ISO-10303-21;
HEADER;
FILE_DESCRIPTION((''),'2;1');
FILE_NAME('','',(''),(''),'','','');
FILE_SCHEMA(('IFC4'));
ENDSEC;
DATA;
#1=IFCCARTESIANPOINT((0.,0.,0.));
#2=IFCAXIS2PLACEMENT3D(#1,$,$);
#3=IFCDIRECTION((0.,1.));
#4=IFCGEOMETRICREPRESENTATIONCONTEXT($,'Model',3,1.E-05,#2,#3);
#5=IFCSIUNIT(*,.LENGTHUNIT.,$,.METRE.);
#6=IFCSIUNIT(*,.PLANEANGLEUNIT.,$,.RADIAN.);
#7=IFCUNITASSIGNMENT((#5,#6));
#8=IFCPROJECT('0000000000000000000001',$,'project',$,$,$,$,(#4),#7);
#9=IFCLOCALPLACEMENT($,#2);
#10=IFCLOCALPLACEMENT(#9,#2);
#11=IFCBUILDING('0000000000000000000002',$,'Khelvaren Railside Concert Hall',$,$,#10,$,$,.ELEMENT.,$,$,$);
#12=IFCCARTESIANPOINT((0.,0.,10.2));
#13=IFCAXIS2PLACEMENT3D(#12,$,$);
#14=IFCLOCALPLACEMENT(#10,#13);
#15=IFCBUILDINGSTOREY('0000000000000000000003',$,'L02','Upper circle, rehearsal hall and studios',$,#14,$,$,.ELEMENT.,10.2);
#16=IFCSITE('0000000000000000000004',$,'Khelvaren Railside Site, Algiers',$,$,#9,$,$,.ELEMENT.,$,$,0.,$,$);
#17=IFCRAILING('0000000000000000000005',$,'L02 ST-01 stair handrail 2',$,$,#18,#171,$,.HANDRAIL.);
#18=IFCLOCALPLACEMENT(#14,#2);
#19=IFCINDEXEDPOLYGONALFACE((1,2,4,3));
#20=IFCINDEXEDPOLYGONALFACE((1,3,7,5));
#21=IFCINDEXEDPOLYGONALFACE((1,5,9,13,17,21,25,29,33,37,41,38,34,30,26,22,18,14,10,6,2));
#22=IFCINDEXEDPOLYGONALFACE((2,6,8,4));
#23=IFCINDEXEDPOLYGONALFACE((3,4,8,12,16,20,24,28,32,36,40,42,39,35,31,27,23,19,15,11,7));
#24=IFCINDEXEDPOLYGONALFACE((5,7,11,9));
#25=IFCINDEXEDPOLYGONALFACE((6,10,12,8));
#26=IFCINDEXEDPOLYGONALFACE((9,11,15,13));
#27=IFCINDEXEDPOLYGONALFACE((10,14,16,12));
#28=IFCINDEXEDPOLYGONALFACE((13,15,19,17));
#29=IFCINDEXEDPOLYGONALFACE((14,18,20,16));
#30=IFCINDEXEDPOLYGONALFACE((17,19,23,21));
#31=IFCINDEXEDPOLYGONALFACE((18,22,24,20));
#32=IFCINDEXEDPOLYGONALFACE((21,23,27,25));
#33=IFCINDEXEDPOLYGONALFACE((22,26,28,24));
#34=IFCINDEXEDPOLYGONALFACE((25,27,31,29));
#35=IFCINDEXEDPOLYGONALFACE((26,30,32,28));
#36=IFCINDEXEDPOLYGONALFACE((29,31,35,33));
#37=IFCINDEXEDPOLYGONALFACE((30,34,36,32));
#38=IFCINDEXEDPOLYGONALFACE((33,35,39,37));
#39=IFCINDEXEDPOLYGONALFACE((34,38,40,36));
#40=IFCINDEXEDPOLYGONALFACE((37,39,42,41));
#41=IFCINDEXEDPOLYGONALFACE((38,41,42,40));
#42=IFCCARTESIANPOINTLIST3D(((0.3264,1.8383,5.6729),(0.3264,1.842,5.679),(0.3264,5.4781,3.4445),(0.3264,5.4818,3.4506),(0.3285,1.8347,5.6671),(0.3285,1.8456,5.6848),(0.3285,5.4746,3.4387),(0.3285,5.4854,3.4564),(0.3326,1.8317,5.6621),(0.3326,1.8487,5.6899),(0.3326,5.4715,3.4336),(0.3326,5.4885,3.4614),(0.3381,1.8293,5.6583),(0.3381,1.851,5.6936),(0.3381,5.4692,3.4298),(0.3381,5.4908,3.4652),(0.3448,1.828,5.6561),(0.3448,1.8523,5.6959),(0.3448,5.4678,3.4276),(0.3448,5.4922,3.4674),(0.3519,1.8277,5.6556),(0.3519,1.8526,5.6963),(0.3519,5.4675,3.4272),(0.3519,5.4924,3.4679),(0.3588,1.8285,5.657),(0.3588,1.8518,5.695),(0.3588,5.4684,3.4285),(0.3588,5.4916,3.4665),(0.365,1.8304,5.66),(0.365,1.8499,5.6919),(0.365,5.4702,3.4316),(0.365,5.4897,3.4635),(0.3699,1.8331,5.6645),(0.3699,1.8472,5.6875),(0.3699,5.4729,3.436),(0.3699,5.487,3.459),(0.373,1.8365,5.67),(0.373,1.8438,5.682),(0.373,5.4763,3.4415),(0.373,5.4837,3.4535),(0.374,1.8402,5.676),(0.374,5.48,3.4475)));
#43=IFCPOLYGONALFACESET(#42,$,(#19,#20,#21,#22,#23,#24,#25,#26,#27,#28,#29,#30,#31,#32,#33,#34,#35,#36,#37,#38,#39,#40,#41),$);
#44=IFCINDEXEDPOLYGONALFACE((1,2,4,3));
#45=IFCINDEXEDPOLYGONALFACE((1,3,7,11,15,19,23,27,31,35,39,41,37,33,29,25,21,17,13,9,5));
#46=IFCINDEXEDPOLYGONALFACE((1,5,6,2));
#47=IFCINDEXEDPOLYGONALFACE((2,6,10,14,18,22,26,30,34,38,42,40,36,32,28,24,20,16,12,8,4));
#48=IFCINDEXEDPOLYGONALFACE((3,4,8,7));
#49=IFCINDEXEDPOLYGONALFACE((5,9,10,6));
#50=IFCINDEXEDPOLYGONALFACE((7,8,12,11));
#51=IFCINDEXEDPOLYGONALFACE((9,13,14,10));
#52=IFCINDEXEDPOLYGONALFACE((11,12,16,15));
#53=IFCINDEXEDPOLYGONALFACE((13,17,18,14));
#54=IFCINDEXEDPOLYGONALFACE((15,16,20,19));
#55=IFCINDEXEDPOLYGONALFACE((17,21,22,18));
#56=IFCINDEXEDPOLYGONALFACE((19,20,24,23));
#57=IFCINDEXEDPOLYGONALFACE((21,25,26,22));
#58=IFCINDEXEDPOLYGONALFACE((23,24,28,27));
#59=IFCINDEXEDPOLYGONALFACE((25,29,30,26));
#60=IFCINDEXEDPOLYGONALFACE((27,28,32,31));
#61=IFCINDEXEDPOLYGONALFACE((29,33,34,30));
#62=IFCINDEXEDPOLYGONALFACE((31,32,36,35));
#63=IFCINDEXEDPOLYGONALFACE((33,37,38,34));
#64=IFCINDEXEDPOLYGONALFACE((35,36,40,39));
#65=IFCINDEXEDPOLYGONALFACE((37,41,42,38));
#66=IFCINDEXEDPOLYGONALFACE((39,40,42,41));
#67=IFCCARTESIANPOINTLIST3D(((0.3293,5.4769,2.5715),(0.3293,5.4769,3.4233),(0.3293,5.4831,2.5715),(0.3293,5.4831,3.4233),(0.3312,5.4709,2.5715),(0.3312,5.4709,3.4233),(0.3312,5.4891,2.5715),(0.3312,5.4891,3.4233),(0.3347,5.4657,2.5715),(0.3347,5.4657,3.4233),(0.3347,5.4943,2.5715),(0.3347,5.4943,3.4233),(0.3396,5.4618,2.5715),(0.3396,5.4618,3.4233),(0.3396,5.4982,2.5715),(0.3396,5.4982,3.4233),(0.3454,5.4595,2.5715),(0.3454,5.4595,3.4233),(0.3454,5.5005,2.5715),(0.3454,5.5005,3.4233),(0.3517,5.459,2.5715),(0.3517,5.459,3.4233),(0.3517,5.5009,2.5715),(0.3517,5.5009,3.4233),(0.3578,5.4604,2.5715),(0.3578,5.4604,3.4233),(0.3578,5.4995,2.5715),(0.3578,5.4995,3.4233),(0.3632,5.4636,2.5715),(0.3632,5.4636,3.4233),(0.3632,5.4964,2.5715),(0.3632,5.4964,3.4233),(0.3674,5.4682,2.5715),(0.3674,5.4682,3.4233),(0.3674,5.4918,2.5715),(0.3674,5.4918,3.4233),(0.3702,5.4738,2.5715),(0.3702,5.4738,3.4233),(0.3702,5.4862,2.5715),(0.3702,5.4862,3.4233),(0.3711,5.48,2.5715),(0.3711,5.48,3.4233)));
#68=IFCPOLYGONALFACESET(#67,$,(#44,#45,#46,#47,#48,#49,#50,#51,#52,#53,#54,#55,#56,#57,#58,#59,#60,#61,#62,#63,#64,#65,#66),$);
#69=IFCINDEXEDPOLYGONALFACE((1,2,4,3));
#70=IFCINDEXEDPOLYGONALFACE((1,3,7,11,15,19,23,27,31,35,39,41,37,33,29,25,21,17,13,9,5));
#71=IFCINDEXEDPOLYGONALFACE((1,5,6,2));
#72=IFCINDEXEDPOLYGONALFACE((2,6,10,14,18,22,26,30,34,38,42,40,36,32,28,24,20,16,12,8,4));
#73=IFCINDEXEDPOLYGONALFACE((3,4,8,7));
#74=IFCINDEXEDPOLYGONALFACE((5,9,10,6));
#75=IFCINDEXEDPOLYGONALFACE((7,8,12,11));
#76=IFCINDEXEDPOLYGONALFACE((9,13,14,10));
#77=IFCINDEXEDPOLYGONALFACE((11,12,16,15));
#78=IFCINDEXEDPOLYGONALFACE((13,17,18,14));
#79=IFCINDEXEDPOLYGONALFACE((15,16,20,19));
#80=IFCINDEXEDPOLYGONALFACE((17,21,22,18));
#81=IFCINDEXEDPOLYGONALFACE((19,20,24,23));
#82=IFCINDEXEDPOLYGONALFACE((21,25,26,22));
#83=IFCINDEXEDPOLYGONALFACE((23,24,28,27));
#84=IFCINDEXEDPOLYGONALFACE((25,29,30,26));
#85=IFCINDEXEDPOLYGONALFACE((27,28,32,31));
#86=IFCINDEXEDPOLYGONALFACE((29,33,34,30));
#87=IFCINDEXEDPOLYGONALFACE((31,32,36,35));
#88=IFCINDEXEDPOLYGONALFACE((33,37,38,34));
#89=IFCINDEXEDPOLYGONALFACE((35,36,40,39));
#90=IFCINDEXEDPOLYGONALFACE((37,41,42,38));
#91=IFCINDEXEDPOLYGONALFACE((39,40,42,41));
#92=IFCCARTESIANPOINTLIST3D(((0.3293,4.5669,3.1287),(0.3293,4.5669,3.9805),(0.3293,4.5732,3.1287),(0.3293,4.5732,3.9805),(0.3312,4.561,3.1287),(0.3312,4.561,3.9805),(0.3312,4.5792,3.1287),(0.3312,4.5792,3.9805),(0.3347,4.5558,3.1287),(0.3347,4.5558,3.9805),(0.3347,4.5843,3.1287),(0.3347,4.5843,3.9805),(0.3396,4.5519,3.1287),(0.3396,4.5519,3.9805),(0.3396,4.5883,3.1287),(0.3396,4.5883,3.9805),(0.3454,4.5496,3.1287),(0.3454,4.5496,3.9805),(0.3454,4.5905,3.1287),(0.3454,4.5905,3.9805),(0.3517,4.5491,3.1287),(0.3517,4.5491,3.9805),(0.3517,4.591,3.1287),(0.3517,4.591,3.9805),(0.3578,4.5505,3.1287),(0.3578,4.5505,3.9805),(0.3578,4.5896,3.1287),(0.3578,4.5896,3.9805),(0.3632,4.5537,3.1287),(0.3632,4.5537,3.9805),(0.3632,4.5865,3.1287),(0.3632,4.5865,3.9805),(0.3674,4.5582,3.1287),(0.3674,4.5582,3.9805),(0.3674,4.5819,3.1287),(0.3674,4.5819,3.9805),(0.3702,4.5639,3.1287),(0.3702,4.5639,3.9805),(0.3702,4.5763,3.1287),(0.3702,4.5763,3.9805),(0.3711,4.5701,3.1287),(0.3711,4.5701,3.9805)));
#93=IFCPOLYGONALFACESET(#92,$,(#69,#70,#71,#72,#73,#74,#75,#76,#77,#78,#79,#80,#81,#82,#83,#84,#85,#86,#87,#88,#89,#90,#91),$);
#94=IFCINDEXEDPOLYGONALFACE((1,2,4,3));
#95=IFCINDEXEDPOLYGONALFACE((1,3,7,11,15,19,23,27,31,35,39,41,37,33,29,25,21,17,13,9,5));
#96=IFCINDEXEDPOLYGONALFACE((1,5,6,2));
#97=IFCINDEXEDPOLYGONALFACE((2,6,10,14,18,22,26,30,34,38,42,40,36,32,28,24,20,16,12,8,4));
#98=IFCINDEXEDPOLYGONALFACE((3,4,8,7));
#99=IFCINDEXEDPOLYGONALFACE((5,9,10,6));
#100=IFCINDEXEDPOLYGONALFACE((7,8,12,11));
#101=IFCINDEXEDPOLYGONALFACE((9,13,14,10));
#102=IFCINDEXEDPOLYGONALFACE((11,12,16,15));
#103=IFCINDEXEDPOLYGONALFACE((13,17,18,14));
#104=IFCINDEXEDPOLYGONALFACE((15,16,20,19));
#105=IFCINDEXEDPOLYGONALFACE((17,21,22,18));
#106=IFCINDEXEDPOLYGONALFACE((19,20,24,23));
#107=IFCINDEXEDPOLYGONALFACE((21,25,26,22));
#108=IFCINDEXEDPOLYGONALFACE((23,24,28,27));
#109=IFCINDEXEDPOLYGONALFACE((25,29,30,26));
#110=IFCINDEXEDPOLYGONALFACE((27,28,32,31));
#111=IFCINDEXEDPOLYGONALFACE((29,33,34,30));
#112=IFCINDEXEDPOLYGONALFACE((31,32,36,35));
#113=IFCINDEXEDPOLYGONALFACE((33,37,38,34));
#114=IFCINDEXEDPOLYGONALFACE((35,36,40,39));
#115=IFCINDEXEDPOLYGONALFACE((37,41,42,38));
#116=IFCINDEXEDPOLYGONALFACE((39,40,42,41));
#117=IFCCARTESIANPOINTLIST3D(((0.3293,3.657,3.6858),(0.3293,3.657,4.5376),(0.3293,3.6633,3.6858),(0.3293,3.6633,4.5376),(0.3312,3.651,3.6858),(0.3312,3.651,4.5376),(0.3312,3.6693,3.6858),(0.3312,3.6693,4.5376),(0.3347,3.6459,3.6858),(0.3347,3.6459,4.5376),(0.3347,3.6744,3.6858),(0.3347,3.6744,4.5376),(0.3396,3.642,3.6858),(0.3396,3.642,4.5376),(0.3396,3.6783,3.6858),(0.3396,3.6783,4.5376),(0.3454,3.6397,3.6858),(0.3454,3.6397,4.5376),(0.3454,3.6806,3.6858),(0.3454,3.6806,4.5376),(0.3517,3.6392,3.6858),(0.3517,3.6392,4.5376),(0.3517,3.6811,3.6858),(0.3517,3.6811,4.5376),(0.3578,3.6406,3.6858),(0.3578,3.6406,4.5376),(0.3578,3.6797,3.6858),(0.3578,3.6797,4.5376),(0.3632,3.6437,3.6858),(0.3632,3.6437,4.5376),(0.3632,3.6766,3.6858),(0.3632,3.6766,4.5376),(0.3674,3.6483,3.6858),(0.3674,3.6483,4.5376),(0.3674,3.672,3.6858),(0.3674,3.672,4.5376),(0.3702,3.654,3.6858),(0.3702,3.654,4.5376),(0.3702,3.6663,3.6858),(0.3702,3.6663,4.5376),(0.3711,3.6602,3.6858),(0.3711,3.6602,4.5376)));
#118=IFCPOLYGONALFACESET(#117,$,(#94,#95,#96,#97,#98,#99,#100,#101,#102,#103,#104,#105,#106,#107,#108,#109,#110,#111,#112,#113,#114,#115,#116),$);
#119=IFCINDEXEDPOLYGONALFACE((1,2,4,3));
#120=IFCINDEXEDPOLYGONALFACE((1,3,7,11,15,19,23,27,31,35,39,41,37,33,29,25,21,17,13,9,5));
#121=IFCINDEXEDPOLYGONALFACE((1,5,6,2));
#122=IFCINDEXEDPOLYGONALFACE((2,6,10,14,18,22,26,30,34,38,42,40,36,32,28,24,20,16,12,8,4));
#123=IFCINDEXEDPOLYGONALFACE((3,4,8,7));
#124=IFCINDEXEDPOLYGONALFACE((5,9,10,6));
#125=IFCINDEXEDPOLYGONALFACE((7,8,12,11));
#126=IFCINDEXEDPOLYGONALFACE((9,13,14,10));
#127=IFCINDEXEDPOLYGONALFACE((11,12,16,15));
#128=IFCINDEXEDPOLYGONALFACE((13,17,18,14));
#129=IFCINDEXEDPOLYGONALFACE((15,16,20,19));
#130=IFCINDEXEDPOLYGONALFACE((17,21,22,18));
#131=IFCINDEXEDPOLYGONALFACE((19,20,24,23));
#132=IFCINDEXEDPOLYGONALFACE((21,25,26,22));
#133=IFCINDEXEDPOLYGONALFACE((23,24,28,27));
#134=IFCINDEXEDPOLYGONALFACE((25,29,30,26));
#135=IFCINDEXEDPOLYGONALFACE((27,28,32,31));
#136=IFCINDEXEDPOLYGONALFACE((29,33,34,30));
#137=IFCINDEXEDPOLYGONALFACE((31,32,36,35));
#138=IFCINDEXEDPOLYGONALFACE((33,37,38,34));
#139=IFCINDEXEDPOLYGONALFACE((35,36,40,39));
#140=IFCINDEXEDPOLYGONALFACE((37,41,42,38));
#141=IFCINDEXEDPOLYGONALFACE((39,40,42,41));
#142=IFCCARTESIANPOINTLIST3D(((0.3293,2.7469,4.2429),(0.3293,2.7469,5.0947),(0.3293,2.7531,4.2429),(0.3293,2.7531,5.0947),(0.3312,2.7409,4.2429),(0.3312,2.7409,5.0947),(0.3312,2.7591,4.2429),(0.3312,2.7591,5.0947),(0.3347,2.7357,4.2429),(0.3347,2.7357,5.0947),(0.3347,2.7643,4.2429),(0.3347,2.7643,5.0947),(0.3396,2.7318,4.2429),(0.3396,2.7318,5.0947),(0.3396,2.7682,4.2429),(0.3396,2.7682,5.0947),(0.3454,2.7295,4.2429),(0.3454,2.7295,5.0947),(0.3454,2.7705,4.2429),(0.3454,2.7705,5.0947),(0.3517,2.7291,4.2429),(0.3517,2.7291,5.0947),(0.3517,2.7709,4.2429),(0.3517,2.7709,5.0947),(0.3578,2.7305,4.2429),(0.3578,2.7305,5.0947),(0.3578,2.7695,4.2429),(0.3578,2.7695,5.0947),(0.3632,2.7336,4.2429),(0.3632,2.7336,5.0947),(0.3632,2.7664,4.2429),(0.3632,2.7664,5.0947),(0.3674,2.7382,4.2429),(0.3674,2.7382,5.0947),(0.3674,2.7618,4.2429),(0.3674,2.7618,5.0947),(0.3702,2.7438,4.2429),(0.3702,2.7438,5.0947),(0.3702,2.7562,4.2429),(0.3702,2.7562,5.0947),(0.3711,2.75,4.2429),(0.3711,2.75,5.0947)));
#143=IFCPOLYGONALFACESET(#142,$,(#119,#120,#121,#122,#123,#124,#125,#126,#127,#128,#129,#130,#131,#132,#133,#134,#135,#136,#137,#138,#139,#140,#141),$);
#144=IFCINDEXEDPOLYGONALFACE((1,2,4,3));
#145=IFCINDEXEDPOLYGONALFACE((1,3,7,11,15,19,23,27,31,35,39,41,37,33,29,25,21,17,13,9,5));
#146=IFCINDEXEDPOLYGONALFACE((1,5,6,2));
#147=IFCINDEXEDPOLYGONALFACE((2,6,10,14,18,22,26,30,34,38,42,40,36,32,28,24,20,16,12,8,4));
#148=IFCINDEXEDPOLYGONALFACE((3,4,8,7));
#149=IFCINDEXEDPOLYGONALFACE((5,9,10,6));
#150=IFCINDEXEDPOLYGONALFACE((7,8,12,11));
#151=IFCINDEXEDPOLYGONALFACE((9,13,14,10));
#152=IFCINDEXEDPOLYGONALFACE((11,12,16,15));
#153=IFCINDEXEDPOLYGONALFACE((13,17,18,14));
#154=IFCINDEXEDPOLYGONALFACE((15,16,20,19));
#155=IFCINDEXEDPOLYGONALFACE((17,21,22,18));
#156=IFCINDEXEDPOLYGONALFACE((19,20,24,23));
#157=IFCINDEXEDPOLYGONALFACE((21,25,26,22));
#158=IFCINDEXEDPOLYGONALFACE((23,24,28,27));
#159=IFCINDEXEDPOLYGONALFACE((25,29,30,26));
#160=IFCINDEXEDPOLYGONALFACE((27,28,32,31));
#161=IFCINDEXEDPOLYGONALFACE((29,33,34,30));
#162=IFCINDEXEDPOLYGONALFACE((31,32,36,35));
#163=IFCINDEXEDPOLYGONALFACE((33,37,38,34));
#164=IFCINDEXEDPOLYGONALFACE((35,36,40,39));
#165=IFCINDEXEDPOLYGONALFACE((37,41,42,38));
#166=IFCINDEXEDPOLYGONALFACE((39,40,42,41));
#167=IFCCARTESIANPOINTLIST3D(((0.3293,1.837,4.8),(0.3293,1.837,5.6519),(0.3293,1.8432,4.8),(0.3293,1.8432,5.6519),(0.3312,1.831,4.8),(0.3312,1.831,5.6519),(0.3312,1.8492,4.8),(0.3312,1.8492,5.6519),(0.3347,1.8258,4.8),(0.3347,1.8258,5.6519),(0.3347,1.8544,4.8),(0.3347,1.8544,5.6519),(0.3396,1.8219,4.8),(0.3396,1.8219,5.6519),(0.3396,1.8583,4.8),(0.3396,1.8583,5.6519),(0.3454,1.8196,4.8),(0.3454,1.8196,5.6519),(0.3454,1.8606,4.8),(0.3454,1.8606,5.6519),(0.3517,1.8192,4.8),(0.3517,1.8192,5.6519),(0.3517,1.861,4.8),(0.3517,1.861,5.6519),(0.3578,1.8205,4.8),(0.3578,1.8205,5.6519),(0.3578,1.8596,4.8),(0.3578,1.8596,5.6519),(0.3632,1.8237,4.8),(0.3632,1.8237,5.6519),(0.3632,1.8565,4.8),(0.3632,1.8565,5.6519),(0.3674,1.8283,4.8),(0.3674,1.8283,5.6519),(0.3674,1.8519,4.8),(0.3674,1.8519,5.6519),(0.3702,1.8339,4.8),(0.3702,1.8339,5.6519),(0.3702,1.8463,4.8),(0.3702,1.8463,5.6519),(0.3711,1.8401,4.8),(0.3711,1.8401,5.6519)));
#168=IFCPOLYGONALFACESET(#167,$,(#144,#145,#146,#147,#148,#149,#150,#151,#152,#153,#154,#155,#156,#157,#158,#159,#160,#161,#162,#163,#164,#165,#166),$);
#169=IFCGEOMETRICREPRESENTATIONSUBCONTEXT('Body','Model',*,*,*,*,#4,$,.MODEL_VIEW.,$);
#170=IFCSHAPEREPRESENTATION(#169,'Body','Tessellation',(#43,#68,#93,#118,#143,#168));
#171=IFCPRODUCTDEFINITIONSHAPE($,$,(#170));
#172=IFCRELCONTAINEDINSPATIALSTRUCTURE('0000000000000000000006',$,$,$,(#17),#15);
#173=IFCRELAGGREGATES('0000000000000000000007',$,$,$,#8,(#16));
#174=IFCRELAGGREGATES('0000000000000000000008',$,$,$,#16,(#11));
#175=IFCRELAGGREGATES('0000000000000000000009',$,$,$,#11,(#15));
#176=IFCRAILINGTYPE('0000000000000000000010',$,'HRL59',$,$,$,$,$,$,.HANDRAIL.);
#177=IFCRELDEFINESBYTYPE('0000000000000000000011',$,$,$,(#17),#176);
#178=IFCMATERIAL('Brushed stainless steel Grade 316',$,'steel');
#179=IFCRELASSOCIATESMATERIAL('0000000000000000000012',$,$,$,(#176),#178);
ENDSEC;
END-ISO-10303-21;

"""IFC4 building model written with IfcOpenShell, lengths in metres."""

from ifc_helpers import new_model, si_unit, direction, frame, origin, origin_2d, place, context, subcontext, project, spatial, circle, extrude, material, type_object, element, save


model = new_model("IFC4")

# Units and contexts
model_context = context("Model", 3, precision=1e-05, world=origin(), true_north=direction((0.0, 1.0)))
body_context = subcontext(model_context, "Body", "Model", "MODEL_VIEW")
ifc_project = project(units=[si_unit("LENGTHUNIT", "METRE"), si_unit("PLANEANGLEUNIT", "RADIAN")], contexts=[model_context])

# Site, building, storey
site_placement = place(None, origin())
site = spatial("IfcSite", under=ifc_project, at=site_placement, Name="Khelvaren Railside Site, Algiers", CompositionType="ELEMENT", RefElevation=0.0)
building_placement = place(site_placement, origin())
building = spatial("IfcBuilding", under=site, at=building_placement, Name="Khelvaren Railside Concert Hall", CompositionType="ELEMENT")
storey_placement = place(building_placement, frame((0.0, 0.0, 10.2)))
storey = spatial("IfcBuildingStorey", under=building, at=storey_placement, Name="L02", Description="Upper circle, rehearsal hall and studios", CompositionType="ELEMENT", Elevation=10.2)

# Railing
ifc_material_1 = material(Name="Brushed stainless steel Grade 316", Category="steel")
railing_type_1 = type_object("IfcRailingType", Name="HRL59", PredefinedType="HANDRAIL", material=ifc_material_1)
railing_1_placement = place(storey_placement, frame((0.3501, 5.48, 2.5715)))
element("IfcRailing", 1, at=railing_1_placement, inside=storey, type_object=railing_type_1, Name="L02 ST-01 stair handrail 2", PredefinedType="HANDRAIL", context=body_context, shape_type="SweptSolid", body=[
    extrude(circle(Radius=0.0239, at=origin_2d()), frame((0.0, 0.0, 0.876), z_axis=(0.0, -0.85285, 0.522156), x_axis=(1.0, 0.0, 0.0)), (0.0, 0.0, 1.0), 4.2678),
    extrude(circle(Radius=0.021, at=origin_2d()), origin(), (0.0, 0.0, 1.0), 0.8518),
    extrude(circle(Radius=0.021, at=origin_2d()), frame((0.0, -0.9099, 0.5571)), (0.0, 0.0, 1.0), 0.8518),
    extrude(circle(Radius=0.021, at=origin_2d()), frame((0.0, -1.8198, 1.1143)), (0.0, 0.0, 1.0), 0.8518),
    extrude(circle(Radius=0.021, at=origin_2d()), frame((0.0, -2.73, 1.6714)), (0.0, 0.0, 1.0), 0.8518),
    extrude(circle(Radius=0.021, at=origin_2d()), frame((0.0, -3.6399, 2.2285)), (0.0, 0.0, 1.0), 0.8518),
])

save(model, "model.ifc")
